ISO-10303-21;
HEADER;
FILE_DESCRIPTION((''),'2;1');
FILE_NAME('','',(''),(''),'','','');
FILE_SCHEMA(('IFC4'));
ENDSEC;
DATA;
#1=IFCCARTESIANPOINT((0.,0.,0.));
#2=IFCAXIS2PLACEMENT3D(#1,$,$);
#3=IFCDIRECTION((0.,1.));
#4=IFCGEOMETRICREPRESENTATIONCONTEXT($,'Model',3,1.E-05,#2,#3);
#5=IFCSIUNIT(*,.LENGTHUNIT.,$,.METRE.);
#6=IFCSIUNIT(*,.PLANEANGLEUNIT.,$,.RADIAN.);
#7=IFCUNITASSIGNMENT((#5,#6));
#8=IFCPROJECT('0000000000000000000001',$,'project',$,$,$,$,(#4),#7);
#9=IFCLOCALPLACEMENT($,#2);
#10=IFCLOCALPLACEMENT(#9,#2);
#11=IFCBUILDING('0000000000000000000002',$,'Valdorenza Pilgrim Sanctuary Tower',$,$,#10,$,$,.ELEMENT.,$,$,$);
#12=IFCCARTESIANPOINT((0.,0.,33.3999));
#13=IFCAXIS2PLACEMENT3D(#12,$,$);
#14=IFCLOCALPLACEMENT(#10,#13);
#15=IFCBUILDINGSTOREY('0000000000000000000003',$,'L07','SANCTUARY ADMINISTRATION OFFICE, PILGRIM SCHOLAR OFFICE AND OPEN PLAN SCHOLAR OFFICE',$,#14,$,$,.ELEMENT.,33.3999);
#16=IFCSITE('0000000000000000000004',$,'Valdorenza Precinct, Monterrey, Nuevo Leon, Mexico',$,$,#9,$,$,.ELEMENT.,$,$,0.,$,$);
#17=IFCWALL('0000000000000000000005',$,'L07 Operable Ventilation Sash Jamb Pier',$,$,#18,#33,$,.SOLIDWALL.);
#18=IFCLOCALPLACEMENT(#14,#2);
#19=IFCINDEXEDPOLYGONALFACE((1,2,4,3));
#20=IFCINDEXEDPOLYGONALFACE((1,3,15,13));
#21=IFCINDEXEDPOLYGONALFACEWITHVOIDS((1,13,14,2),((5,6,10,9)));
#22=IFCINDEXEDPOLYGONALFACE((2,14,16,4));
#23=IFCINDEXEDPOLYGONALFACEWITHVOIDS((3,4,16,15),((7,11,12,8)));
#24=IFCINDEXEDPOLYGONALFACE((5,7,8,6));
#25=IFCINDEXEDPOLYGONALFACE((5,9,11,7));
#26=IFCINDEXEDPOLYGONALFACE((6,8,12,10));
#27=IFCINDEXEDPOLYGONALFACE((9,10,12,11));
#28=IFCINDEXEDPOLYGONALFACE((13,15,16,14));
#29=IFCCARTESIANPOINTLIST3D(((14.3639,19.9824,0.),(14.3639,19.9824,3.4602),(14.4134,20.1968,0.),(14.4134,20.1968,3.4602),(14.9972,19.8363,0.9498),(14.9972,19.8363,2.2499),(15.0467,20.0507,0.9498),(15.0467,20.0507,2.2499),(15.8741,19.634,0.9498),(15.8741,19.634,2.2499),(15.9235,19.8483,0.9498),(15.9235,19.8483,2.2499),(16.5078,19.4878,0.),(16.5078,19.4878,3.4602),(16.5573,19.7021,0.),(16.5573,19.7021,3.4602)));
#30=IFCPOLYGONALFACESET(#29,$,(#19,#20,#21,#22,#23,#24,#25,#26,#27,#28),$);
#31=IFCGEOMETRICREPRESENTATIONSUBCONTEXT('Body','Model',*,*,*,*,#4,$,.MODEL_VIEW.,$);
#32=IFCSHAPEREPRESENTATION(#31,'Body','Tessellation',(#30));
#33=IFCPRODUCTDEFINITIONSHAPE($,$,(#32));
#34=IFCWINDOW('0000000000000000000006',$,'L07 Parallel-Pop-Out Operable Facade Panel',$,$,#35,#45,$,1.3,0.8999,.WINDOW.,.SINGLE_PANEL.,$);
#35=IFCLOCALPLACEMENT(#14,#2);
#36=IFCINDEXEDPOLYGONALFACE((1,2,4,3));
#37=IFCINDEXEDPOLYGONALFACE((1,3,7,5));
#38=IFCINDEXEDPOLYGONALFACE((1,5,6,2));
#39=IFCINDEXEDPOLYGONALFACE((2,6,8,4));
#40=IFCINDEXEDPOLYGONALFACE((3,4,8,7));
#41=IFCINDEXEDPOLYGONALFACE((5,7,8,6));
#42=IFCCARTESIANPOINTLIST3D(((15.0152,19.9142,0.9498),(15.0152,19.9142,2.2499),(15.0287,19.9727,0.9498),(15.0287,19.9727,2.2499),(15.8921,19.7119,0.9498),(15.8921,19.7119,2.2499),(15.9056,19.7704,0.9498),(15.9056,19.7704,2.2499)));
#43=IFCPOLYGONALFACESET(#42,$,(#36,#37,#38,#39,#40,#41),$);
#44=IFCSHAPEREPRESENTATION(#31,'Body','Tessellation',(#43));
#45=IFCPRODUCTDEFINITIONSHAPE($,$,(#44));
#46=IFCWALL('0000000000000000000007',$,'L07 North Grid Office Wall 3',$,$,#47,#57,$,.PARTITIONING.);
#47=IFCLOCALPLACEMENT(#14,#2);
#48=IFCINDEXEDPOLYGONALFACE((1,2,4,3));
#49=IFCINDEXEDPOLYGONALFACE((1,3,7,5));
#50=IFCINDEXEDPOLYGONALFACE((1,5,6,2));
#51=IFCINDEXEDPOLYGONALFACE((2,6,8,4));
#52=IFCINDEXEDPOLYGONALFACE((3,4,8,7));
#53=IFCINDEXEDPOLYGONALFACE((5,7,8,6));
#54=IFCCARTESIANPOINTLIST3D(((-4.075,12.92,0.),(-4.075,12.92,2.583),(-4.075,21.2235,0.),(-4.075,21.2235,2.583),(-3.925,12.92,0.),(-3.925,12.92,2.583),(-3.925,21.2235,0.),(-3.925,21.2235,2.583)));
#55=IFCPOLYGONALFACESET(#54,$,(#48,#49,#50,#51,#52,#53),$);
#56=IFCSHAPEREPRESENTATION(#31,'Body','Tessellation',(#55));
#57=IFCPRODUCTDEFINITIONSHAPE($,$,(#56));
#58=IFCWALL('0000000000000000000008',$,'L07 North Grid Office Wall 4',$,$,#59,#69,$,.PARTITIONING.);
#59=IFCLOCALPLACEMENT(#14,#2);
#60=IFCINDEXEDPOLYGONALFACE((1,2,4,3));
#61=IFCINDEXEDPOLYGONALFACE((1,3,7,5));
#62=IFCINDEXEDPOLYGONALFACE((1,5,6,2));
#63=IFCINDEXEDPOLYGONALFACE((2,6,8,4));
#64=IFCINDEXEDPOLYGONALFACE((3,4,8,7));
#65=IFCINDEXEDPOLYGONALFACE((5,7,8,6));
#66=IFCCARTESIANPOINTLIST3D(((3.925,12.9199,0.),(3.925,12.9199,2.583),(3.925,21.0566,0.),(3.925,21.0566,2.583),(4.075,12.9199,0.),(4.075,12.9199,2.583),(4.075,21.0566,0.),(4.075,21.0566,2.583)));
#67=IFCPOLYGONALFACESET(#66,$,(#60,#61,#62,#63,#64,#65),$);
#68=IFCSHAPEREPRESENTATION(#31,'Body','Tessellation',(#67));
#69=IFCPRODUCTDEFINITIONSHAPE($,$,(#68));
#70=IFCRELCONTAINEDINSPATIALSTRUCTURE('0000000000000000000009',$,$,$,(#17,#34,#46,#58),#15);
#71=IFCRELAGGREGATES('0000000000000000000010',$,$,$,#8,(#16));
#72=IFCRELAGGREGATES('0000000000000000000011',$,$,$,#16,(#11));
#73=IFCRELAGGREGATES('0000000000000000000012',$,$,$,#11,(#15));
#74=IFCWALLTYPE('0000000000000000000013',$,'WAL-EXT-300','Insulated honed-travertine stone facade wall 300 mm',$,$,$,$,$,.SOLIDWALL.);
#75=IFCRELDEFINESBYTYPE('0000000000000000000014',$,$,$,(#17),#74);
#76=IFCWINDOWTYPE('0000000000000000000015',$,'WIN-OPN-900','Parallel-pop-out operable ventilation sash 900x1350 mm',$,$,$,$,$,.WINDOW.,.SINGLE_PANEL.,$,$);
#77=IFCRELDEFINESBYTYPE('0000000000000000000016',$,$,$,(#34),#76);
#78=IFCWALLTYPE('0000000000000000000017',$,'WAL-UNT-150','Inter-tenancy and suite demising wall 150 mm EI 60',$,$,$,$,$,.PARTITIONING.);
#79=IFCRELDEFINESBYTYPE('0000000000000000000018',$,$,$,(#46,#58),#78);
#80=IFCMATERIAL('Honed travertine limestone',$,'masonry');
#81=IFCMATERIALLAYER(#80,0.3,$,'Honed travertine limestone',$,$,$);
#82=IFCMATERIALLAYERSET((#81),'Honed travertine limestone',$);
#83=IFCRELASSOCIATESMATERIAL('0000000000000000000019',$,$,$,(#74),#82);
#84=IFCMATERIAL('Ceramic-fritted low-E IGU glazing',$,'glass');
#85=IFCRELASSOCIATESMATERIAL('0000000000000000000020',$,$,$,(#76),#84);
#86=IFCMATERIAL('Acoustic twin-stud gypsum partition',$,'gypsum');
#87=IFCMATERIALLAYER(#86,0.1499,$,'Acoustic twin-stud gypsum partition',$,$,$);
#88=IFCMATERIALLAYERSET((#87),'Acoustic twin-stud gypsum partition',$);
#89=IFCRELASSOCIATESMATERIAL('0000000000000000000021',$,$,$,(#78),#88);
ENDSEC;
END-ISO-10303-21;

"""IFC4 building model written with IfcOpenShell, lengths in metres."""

from ifc_helpers import new_model, si_unit, direction, frame, frame_2d, origin, place, context, subcontext, project, spatial, rectangle, extrude, material, layer, layer_set, type_object, element, fill, save


model = new_model("IFC4")

# Units and contexts
model_context = context("Model", 3, precision=1e-05, world=origin(), true_north=direction((0.0, 1.0)))
body_context = subcontext(model_context, "Body", "Model", "MODEL_VIEW")
ifc_project = project(units=[si_unit("LENGTHUNIT", "METRE"), si_unit("PLANEANGLEUNIT", "RADIAN")], contexts=[model_context])

# Site, building, storey
site_placement = place(None, origin())
site = spatial("IfcSite", under=ifc_project, at=site_placement, Name="Valdorenza Precinct, Monterrey, Nuevo Leon, Mexico", CompositionType="ELEMENT", RefElevation=0.0)
building_placement = place(site_placement, origin())
building = spatial("IfcBuilding", under=site, at=building_placement, Name="Valdorenza Pilgrim Sanctuary Tower", CompositionType="ELEMENT")
storey_placement = place(building_placement, frame((0.0, 0.0, 33.3999)))
storey = spatial("IfcBuildingStorey", under=building, at=storey_placement, Name="L07", Description="SANCTUARY ADMINISTRATION OFFICE, PILGRIM SCHOLAR OFFICE AND OPEN PLAN SCHOLAR OFFICE", CompositionType="ELEMENT", Elevation=33.3999)

# Shared definitions
ifc_material_1 = material(Name="Honed travertine limestone", Category="masonry")
ifc_material_2 = material(Name="Ceramic-fritted low-E IGU glazing", Category="glass")

# Shared definitions
ifc_material_3 = material(Name="Acoustic twin-stud gypsum partition", Category="gypsum")
ifc_layer_1 = layer(ifc_material_1, 0.3, Name="Honed travertine limestone")
ifc_layer_set_1 = layer_set([ifc_layer_1], Name="Honed travertine limestone")
wall_type_1 = type_object("IfcWallType", Name="WAL-EXT-300", Description="Insulated honed-travertine stone facade wall 300 mm", PredefinedType="SOLIDWALL", material=ifc_layer_set_1)

# Wall, opening, window
wall_1_placement = place(storey_placement, frame((14.3887, 20.0896, 0.0), z_axis=(0.0, 0.0, 1.0), x_axis=(0.974401, -0.224819, 0.0)))
wall_1 = element("IfcWall", 1, at=wall_1_placement, inside=storey, type_object=wall_type_1, Name="L07 Operable Ventilation Sash Jamb Pier", PredefinedType="SOLIDWALL", context=body_context, shape_type="SweptSolid", body=[
    extrude(rectangle(XDim=2.2002, YDim=0.22, at=frame_2d((1.1001, 0.0))), origin(), (0.0, 0.0, 1.0), 3.4602),
])
opening_placement = place(wall_1_placement, frame((0.6499, 0.0, 0.95)))
opening = element("IfcOpeningElement", 2, at=opening_placement, cuts=wall_1, PredefinedType="OPENING", context=body_context, shape_type="SweptSolid", body=[
    extrude(rectangle(XDim=0.8999, YDim=1.3, at=frame_2d((0.45, 0.6499))), frame((0.0, 0.125, 0.0), z_axis=(0.0, -1.0, 0.0), x_axis=(1.0, 0.0, 0.0)), (0.0, 0.0, 1.0), 0.2498),
])
window_type = type_object("IfcWindowType", Name="WIN-OPN-900", Description="Parallel-pop-out operable ventilation sash 900x1350 mm", PartitioningType="SINGLE_PANEL", PredefinedType="WINDOW", material=ifc_material_2)
window_placement = place(opening_placement, origin())
window = element("IfcWindow", 3, at=window_placement, inside=storey, type_object=window_type, Name="L07 Parallel-Pop-Out Operable Facade Panel", OverallHeight=1.3, OverallWidth=0.8999, PartitioningType="SINGLE_PANEL", PredefinedType="WINDOW", context=body_context, shape_type="SweptSolid", body=[
    extrude(rectangle(XDim=0.8999, YDim=1.3, at=frame_2d((0.45, 0.6499))), frame((0.0, 0.03, 0.0), z_axis=(0.0, -1.0, 0.0), x_axis=(1.0, 0.0, 0.0)), (0.0, 0.0, 1.0), 0.0601),
])
fill(opening, window)

# Walls
ifc_layer_2 = layer(ifc_material_3, 0.1499, Name="Acoustic twin-stud gypsum partition")
ifc_layer_set_2 = layer_set([ifc_layer_2], Name="Acoustic twin-stud gypsum partition")
wall_type_2 = type_object("IfcWallType", Name="WAL-UNT-150", Description="Inter-tenancy and suite demising wall 150 mm EI 60", PredefinedType="PARTITIONING", material=ifc_layer_set_2)
wall_2_placement = place(storey_placement, frame((-4.0, 12.9199, 0.0), z_axis=(0.0, 0.0, 1.0), x_axis=(0.0, 1.0, 0.0)))
element("IfcWall", 4, at=wall_2_placement, inside=storey, type_object=wall_type_2, Name="L07 North Grid Office Wall 3", PredefinedType="PARTITIONING", context=body_context, shape_type="SweptSolid", body=[
    extrude(rectangle(XDim=8.3035, YDim=0.1499, at=frame_2d((4.1519, 0.0))), origin(), (0.0, 0.0, 1.0), 2.583),
])
wall_3_placement = place(storey_placement, frame((4.0, 12.9199, 0.0), z_axis=(0.0, 0.0, 1.0), x_axis=(0.0, 1.0, 0.0)))
element("IfcWall", 5, at=wall_3_placement, inside=storey, type_object=wall_type_2, Name="L07 North Grid Office Wall 4", PredefinedType="PARTITIONING", context=body_context, shape_type="SweptSolid", body=[
    extrude(rectangle(XDim=8.1367, YDim=0.1499, at=frame_2d((4.0684, 0.0))), origin(), (0.0, 0.0, 1.0), 2.583),
])

save(model, "model.ifc")
